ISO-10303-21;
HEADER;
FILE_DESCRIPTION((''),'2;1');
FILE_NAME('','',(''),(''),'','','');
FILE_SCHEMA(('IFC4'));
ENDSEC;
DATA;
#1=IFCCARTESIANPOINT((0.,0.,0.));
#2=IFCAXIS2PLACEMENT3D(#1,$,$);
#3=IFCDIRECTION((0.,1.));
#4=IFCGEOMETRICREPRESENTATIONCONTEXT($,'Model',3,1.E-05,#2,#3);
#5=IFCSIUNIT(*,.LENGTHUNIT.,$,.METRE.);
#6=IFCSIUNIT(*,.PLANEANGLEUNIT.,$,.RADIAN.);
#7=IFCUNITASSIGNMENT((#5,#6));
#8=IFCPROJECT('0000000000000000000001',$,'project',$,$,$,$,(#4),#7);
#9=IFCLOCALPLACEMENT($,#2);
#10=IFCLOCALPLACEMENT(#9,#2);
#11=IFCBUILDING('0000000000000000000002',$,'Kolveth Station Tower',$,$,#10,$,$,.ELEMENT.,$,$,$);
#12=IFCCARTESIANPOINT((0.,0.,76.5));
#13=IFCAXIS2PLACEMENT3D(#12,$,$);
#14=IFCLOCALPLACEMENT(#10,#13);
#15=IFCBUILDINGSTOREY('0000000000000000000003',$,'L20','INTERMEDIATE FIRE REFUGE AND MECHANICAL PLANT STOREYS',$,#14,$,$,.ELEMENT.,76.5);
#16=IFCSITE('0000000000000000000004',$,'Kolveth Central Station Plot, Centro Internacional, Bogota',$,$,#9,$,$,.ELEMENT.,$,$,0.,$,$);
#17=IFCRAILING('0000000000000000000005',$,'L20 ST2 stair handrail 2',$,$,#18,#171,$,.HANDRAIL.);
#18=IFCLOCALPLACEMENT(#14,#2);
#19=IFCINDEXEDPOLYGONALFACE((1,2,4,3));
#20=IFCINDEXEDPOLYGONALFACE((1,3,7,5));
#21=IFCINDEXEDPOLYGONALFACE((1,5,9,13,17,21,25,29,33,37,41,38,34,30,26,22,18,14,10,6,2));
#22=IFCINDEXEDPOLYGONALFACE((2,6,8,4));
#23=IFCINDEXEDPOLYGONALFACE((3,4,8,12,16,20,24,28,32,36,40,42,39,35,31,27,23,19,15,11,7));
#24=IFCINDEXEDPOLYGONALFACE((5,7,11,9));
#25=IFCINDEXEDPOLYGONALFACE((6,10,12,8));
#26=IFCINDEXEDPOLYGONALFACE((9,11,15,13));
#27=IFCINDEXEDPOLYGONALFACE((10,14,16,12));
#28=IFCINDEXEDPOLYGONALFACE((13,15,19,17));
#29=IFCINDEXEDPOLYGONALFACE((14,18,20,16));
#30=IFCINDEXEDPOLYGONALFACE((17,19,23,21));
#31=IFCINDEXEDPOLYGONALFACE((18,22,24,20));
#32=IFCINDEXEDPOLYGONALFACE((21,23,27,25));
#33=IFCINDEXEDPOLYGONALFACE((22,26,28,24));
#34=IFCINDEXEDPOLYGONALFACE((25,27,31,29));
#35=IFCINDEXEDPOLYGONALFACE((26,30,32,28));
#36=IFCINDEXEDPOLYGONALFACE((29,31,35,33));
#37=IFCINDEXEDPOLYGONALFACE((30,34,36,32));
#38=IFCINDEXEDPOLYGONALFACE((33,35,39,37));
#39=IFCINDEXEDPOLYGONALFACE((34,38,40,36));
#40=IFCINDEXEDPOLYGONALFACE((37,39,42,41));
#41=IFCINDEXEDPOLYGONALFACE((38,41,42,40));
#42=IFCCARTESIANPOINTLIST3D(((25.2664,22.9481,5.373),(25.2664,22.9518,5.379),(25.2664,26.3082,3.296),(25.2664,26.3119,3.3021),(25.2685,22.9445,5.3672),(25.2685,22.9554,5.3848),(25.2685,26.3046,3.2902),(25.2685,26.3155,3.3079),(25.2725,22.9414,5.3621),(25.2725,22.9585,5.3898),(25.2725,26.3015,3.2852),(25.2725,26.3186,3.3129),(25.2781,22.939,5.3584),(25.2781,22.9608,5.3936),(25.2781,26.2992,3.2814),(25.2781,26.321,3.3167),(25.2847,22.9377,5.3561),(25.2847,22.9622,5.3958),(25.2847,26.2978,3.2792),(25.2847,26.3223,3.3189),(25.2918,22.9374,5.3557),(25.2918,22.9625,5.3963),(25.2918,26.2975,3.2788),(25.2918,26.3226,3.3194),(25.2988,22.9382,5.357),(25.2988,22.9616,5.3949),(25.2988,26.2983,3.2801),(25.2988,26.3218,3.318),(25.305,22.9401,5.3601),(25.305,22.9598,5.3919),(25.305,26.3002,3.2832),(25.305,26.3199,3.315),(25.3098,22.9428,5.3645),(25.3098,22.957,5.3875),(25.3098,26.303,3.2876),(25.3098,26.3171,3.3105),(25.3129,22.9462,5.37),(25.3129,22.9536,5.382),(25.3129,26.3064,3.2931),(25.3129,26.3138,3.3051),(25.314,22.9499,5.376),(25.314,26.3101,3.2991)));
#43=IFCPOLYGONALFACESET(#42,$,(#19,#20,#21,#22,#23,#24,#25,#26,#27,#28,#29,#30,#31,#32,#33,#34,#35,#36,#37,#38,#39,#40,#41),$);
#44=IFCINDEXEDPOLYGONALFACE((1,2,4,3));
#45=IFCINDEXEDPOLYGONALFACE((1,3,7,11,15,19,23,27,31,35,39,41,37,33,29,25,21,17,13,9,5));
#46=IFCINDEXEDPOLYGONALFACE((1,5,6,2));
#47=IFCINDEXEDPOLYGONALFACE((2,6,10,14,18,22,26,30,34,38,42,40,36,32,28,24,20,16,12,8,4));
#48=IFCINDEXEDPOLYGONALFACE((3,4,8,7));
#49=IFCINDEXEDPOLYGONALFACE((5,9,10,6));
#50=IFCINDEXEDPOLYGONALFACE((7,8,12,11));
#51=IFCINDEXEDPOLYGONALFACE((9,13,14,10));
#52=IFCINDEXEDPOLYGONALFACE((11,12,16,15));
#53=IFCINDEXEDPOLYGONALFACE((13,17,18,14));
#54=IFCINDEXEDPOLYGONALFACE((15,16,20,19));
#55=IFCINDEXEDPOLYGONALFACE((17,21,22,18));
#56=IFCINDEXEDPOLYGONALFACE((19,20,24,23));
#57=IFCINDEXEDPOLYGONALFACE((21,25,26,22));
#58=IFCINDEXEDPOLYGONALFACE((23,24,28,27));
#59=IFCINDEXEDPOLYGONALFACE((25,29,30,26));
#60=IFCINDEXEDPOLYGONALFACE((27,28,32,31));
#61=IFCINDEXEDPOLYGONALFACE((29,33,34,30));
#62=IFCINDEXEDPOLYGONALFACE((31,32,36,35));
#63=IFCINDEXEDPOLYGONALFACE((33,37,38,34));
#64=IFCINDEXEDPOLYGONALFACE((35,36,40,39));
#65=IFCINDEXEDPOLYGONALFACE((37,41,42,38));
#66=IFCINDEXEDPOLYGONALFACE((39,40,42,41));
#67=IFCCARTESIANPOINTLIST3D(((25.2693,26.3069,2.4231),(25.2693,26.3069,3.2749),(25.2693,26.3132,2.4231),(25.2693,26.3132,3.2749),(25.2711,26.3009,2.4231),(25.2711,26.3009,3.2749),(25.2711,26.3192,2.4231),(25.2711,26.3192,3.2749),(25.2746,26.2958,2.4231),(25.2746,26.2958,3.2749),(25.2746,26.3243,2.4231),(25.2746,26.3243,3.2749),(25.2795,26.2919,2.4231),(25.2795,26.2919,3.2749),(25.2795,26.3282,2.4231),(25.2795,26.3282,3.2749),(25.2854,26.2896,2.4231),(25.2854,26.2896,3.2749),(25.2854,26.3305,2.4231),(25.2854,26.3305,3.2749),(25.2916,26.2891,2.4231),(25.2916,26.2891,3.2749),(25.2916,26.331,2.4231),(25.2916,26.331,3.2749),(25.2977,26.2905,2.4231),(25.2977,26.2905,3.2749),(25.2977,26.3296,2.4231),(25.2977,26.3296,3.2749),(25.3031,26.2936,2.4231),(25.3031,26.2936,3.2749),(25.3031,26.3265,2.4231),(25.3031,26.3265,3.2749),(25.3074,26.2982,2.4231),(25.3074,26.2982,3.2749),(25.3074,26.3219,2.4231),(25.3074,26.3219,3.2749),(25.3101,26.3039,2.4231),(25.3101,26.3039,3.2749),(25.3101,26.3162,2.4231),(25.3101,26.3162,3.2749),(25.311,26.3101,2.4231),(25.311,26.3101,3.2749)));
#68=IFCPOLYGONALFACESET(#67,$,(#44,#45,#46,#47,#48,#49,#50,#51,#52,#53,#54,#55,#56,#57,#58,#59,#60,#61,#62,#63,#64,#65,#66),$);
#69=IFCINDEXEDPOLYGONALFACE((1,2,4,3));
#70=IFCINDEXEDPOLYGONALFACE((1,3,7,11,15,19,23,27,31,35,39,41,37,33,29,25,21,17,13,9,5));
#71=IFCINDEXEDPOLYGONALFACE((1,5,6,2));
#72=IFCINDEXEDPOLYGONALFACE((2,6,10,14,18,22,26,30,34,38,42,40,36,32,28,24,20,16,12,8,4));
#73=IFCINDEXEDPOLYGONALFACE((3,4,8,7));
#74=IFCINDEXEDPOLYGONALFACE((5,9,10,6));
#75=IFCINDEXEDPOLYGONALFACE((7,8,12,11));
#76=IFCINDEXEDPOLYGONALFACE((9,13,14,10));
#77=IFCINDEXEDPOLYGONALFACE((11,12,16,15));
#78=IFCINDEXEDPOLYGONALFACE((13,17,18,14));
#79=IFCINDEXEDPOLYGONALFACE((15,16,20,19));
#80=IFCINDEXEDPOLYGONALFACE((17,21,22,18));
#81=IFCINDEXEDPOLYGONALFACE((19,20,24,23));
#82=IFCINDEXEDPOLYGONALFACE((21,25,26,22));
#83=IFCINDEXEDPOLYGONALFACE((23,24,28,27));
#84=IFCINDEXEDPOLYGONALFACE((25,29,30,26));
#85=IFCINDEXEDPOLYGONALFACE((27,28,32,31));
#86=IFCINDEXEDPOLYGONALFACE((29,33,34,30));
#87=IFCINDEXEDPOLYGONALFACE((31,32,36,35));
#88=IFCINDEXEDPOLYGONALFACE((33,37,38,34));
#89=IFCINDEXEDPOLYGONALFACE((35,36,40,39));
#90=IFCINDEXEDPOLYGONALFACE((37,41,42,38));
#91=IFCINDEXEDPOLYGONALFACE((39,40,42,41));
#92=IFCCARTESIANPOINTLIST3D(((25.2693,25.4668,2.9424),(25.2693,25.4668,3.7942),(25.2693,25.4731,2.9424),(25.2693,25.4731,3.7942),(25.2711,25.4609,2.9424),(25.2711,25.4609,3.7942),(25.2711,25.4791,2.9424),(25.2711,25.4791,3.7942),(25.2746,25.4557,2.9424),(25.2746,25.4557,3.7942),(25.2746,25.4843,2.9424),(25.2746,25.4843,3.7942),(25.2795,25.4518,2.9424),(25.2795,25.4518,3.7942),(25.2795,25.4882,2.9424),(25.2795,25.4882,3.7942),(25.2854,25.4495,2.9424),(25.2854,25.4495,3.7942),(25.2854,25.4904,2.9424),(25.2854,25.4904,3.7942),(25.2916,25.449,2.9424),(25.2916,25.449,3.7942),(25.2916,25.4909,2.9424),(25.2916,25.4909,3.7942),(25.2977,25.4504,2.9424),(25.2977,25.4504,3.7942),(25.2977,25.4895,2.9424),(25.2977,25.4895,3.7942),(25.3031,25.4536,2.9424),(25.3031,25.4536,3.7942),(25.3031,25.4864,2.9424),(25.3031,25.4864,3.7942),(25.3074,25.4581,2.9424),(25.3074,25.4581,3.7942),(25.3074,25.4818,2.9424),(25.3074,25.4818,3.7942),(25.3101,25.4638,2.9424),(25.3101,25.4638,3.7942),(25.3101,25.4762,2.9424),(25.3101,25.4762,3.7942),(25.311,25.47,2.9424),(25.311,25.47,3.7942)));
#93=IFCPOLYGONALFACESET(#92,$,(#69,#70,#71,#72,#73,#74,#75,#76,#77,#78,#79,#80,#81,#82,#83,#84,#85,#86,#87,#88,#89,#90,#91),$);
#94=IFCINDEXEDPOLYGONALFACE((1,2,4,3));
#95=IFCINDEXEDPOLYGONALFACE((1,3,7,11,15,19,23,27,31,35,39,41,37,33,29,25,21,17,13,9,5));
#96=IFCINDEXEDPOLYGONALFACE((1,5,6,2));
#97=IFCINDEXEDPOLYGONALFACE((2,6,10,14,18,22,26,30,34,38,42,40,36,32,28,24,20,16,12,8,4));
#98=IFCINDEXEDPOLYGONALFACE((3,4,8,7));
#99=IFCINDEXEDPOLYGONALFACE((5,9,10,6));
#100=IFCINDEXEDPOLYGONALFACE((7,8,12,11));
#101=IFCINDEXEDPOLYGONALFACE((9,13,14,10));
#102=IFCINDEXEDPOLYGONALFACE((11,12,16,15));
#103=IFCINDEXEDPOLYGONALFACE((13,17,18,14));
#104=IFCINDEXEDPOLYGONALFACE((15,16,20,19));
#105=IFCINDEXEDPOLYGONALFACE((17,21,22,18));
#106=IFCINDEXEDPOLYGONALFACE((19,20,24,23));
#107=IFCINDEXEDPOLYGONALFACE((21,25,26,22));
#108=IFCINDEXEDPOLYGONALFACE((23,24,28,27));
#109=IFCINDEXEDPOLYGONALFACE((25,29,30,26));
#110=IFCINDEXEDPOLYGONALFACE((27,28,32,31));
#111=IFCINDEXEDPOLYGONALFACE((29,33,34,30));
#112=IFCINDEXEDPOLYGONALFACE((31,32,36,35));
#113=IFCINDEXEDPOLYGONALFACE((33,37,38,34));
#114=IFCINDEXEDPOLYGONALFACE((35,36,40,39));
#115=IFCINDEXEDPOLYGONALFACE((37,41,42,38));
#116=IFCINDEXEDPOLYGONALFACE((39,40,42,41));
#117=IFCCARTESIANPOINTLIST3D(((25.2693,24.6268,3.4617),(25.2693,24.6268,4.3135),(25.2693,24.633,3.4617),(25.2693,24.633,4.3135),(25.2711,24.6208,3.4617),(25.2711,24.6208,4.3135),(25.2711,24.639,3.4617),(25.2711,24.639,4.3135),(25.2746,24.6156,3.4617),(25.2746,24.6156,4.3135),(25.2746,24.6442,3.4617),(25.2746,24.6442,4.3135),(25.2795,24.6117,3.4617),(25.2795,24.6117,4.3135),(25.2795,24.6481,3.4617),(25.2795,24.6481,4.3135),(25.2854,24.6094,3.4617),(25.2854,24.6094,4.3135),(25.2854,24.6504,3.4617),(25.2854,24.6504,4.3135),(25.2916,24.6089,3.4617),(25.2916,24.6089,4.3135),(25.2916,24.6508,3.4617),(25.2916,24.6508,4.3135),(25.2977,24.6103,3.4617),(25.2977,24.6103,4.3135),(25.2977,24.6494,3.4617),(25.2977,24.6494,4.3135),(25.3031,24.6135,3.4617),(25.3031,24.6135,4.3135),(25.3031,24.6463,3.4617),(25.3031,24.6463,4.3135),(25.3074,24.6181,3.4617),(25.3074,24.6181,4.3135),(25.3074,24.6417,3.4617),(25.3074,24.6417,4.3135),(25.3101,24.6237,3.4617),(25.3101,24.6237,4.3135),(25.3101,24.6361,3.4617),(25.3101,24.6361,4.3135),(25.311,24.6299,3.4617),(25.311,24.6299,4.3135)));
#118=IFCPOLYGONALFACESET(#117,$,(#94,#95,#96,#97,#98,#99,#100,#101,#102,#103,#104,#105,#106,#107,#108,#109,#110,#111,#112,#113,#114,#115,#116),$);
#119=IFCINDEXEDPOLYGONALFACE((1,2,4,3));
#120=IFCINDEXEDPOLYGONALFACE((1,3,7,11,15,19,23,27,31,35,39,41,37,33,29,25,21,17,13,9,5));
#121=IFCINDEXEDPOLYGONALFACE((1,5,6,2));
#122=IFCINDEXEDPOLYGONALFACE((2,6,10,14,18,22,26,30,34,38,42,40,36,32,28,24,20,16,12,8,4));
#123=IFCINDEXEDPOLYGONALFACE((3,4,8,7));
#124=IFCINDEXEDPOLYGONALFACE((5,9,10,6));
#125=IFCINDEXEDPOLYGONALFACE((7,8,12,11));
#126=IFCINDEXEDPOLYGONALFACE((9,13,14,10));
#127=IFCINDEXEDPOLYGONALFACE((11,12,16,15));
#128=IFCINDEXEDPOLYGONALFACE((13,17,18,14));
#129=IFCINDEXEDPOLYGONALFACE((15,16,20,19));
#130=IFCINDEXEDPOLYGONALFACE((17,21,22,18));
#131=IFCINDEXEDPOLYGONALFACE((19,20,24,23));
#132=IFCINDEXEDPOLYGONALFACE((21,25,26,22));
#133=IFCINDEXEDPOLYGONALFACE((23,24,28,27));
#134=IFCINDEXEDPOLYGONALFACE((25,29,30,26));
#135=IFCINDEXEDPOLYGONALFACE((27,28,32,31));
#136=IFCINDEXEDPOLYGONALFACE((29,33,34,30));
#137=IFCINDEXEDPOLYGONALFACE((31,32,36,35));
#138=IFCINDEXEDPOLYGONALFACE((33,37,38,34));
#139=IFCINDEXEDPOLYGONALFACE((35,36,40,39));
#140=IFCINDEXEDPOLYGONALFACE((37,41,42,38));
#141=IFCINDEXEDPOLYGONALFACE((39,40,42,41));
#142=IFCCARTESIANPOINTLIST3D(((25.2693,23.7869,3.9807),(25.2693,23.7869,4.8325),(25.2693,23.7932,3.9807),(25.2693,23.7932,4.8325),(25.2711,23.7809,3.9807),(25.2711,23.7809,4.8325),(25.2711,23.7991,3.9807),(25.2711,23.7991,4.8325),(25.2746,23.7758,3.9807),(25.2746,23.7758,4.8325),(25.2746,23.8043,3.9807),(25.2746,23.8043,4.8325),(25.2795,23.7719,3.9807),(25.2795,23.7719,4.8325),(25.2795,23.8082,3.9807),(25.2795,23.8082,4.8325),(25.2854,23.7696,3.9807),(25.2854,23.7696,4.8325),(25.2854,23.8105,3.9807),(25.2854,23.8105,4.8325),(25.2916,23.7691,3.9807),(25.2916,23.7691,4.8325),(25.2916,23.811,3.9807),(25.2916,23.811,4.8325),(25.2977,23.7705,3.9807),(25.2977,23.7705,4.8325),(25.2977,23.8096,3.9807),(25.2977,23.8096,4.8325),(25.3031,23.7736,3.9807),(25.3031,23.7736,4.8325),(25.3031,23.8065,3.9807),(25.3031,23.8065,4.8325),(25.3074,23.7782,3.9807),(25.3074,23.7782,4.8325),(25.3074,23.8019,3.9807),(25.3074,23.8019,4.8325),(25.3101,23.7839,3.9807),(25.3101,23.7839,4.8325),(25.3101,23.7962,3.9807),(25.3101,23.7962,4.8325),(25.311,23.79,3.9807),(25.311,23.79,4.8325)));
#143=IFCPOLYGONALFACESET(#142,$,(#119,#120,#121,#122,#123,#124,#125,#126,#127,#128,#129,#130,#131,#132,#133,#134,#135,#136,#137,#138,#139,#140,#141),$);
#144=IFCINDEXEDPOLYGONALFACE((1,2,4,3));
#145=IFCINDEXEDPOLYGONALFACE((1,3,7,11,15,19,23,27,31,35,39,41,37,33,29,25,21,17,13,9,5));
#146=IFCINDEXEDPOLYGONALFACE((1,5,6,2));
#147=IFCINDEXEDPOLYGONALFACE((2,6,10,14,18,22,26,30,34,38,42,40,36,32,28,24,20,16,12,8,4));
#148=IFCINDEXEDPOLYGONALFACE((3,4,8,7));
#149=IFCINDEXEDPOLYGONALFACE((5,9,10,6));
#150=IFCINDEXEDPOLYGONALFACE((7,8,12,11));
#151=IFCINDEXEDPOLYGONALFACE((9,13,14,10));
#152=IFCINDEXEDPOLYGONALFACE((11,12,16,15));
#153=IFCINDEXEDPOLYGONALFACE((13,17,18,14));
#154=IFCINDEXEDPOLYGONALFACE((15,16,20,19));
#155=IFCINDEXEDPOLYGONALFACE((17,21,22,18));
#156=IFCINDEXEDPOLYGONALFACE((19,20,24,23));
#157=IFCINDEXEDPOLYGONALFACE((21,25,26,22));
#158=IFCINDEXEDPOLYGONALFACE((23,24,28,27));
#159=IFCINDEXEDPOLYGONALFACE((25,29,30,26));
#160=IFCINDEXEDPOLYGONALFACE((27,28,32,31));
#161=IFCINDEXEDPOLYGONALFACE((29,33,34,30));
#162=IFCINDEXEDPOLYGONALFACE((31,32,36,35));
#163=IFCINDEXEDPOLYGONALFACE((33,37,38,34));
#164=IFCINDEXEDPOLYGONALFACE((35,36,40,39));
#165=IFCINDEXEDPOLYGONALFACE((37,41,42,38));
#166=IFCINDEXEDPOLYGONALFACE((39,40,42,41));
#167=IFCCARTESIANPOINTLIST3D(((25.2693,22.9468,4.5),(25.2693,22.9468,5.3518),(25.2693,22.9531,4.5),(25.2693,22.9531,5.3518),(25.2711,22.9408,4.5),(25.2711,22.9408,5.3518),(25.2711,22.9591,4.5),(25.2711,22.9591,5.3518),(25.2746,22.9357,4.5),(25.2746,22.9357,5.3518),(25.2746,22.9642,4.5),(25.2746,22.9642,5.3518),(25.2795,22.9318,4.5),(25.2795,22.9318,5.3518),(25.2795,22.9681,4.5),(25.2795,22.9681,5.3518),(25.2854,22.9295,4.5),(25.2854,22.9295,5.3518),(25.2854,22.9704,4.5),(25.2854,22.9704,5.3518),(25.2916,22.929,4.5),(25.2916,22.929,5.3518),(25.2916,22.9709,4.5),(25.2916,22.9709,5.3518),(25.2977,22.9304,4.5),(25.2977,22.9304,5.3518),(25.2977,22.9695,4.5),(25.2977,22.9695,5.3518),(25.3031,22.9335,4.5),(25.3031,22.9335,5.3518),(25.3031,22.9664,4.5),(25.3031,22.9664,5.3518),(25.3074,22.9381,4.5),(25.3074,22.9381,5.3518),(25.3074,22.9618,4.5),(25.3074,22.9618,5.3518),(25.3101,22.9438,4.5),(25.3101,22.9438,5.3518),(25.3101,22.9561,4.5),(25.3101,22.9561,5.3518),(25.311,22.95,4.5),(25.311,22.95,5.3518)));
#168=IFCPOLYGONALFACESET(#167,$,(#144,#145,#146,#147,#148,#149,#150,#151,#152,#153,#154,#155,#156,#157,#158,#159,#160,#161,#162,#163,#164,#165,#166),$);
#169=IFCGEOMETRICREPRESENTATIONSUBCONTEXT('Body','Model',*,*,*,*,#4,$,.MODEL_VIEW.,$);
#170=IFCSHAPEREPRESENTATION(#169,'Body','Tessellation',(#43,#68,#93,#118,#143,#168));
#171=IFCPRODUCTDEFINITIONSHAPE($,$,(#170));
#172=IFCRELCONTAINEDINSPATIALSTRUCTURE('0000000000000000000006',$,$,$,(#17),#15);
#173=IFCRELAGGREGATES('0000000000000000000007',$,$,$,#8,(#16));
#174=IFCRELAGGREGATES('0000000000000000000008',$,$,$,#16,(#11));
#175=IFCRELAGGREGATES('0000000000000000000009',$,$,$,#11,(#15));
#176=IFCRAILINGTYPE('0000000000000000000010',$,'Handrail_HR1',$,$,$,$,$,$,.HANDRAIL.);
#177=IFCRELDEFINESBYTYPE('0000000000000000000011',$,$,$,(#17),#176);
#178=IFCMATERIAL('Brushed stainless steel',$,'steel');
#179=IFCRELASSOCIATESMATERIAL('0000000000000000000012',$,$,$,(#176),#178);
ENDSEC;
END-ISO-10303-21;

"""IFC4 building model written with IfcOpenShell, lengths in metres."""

from ifc_helpers import new_model, si_unit, direction, frame, origin, origin_2d, place, context, subcontext, project, spatial, circle, extrude, material, type_object, element, save


model = new_model("IFC4")

# Units and contexts
model_context = context("Model", 3, precision=1e-05, world=origin(), true_north=direction((0.0, 1.0)))
body_context = subcontext(model_context, "Body", "Model", "MODEL_VIEW")
ifc_project = project(units=[si_unit("LENGTHUNIT", "METRE"), si_unit("PLANEANGLEUNIT", "RADIAN")], contexts=[model_context])

# Site, building, storey
site_placement = place(None, origin())
site = spatial("IfcSite", under=ifc_project, at=site_placement, Name="Kolveth Central Station Plot, Centro Internacional, Bogota", CompositionType="ELEMENT", RefElevation=0.0)
building_placement = place(site_placement, origin())
building = spatial("IfcBuilding", under=site, at=building_placement, Name="Kolveth Station Tower", CompositionType="ELEMENT")
storey_placement = place(building_placement, frame((0.0, 0.0, 76.5)))
storey = spatial("IfcBuildingStorey", under=building, at=storey_placement, Name="L20", Description="INTERMEDIATE FIRE REFUGE AND MECHANICAL PLANT STOREYS", CompositionType="ELEMENT", Elevation=76.5)

# Railing
ifc_material_1 = material(Name="Brushed stainless steel", Category="steel")
railing_type_1 = type_object("IfcRailingType", Name="Handrail_HR1", PredefinedType="HANDRAIL", material=ifc_material_1)
railing_1_placement = place(storey_placement, frame((25.29, 26.3101, 2.4231)))
element("IfcRailing", 1, at=railing_1_placement, inside=storey, type_object=railing_type_1, Name="L20 ST2 stair handrail 2", PredefinedType="HANDRAIL", context=body_context, shape_type="SweptSolid", body=[
    extrude(circle(Radius=0.0239, at=origin_2d()), frame((0.0, 0.0, 0.876), z_axis=(0.0, -0.850623, 0.525776), x_axis=(1.0, 0.0, 0.0)), (0.0, 0.0, 1.0), 3.9502),
    extrude(circle(Radius=0.021, at=origin_2d()), origin(), (0.0, 0.0, 1.0), 0.8518),
    extrude(circle(Radius=0.021, at=origin_2d()), frame((0.0, -0.8401, 0.5193)), (0.0, 0.0, 1.0), 0.8518),
    extrude(circle(Radius=0.021, at=origin_2d()), frame((0.0, -1.6802, 1.0386)), (0.0, 0.0, 1.0), 0.8518),
    extrude(circle(Radius=0.021, at=origin_2d()), frame((0.0, -2.52, 1.5576)), (0.0, 0.0, 1.0), 0.8518),
    extrude(circle(Radius=0.021, at=origin_2d()), frame((0.0, -3.3601, 2.0769)), (0.0, 0.0, 1.0), 0.8518),
])

save(model, "model.ifc")
